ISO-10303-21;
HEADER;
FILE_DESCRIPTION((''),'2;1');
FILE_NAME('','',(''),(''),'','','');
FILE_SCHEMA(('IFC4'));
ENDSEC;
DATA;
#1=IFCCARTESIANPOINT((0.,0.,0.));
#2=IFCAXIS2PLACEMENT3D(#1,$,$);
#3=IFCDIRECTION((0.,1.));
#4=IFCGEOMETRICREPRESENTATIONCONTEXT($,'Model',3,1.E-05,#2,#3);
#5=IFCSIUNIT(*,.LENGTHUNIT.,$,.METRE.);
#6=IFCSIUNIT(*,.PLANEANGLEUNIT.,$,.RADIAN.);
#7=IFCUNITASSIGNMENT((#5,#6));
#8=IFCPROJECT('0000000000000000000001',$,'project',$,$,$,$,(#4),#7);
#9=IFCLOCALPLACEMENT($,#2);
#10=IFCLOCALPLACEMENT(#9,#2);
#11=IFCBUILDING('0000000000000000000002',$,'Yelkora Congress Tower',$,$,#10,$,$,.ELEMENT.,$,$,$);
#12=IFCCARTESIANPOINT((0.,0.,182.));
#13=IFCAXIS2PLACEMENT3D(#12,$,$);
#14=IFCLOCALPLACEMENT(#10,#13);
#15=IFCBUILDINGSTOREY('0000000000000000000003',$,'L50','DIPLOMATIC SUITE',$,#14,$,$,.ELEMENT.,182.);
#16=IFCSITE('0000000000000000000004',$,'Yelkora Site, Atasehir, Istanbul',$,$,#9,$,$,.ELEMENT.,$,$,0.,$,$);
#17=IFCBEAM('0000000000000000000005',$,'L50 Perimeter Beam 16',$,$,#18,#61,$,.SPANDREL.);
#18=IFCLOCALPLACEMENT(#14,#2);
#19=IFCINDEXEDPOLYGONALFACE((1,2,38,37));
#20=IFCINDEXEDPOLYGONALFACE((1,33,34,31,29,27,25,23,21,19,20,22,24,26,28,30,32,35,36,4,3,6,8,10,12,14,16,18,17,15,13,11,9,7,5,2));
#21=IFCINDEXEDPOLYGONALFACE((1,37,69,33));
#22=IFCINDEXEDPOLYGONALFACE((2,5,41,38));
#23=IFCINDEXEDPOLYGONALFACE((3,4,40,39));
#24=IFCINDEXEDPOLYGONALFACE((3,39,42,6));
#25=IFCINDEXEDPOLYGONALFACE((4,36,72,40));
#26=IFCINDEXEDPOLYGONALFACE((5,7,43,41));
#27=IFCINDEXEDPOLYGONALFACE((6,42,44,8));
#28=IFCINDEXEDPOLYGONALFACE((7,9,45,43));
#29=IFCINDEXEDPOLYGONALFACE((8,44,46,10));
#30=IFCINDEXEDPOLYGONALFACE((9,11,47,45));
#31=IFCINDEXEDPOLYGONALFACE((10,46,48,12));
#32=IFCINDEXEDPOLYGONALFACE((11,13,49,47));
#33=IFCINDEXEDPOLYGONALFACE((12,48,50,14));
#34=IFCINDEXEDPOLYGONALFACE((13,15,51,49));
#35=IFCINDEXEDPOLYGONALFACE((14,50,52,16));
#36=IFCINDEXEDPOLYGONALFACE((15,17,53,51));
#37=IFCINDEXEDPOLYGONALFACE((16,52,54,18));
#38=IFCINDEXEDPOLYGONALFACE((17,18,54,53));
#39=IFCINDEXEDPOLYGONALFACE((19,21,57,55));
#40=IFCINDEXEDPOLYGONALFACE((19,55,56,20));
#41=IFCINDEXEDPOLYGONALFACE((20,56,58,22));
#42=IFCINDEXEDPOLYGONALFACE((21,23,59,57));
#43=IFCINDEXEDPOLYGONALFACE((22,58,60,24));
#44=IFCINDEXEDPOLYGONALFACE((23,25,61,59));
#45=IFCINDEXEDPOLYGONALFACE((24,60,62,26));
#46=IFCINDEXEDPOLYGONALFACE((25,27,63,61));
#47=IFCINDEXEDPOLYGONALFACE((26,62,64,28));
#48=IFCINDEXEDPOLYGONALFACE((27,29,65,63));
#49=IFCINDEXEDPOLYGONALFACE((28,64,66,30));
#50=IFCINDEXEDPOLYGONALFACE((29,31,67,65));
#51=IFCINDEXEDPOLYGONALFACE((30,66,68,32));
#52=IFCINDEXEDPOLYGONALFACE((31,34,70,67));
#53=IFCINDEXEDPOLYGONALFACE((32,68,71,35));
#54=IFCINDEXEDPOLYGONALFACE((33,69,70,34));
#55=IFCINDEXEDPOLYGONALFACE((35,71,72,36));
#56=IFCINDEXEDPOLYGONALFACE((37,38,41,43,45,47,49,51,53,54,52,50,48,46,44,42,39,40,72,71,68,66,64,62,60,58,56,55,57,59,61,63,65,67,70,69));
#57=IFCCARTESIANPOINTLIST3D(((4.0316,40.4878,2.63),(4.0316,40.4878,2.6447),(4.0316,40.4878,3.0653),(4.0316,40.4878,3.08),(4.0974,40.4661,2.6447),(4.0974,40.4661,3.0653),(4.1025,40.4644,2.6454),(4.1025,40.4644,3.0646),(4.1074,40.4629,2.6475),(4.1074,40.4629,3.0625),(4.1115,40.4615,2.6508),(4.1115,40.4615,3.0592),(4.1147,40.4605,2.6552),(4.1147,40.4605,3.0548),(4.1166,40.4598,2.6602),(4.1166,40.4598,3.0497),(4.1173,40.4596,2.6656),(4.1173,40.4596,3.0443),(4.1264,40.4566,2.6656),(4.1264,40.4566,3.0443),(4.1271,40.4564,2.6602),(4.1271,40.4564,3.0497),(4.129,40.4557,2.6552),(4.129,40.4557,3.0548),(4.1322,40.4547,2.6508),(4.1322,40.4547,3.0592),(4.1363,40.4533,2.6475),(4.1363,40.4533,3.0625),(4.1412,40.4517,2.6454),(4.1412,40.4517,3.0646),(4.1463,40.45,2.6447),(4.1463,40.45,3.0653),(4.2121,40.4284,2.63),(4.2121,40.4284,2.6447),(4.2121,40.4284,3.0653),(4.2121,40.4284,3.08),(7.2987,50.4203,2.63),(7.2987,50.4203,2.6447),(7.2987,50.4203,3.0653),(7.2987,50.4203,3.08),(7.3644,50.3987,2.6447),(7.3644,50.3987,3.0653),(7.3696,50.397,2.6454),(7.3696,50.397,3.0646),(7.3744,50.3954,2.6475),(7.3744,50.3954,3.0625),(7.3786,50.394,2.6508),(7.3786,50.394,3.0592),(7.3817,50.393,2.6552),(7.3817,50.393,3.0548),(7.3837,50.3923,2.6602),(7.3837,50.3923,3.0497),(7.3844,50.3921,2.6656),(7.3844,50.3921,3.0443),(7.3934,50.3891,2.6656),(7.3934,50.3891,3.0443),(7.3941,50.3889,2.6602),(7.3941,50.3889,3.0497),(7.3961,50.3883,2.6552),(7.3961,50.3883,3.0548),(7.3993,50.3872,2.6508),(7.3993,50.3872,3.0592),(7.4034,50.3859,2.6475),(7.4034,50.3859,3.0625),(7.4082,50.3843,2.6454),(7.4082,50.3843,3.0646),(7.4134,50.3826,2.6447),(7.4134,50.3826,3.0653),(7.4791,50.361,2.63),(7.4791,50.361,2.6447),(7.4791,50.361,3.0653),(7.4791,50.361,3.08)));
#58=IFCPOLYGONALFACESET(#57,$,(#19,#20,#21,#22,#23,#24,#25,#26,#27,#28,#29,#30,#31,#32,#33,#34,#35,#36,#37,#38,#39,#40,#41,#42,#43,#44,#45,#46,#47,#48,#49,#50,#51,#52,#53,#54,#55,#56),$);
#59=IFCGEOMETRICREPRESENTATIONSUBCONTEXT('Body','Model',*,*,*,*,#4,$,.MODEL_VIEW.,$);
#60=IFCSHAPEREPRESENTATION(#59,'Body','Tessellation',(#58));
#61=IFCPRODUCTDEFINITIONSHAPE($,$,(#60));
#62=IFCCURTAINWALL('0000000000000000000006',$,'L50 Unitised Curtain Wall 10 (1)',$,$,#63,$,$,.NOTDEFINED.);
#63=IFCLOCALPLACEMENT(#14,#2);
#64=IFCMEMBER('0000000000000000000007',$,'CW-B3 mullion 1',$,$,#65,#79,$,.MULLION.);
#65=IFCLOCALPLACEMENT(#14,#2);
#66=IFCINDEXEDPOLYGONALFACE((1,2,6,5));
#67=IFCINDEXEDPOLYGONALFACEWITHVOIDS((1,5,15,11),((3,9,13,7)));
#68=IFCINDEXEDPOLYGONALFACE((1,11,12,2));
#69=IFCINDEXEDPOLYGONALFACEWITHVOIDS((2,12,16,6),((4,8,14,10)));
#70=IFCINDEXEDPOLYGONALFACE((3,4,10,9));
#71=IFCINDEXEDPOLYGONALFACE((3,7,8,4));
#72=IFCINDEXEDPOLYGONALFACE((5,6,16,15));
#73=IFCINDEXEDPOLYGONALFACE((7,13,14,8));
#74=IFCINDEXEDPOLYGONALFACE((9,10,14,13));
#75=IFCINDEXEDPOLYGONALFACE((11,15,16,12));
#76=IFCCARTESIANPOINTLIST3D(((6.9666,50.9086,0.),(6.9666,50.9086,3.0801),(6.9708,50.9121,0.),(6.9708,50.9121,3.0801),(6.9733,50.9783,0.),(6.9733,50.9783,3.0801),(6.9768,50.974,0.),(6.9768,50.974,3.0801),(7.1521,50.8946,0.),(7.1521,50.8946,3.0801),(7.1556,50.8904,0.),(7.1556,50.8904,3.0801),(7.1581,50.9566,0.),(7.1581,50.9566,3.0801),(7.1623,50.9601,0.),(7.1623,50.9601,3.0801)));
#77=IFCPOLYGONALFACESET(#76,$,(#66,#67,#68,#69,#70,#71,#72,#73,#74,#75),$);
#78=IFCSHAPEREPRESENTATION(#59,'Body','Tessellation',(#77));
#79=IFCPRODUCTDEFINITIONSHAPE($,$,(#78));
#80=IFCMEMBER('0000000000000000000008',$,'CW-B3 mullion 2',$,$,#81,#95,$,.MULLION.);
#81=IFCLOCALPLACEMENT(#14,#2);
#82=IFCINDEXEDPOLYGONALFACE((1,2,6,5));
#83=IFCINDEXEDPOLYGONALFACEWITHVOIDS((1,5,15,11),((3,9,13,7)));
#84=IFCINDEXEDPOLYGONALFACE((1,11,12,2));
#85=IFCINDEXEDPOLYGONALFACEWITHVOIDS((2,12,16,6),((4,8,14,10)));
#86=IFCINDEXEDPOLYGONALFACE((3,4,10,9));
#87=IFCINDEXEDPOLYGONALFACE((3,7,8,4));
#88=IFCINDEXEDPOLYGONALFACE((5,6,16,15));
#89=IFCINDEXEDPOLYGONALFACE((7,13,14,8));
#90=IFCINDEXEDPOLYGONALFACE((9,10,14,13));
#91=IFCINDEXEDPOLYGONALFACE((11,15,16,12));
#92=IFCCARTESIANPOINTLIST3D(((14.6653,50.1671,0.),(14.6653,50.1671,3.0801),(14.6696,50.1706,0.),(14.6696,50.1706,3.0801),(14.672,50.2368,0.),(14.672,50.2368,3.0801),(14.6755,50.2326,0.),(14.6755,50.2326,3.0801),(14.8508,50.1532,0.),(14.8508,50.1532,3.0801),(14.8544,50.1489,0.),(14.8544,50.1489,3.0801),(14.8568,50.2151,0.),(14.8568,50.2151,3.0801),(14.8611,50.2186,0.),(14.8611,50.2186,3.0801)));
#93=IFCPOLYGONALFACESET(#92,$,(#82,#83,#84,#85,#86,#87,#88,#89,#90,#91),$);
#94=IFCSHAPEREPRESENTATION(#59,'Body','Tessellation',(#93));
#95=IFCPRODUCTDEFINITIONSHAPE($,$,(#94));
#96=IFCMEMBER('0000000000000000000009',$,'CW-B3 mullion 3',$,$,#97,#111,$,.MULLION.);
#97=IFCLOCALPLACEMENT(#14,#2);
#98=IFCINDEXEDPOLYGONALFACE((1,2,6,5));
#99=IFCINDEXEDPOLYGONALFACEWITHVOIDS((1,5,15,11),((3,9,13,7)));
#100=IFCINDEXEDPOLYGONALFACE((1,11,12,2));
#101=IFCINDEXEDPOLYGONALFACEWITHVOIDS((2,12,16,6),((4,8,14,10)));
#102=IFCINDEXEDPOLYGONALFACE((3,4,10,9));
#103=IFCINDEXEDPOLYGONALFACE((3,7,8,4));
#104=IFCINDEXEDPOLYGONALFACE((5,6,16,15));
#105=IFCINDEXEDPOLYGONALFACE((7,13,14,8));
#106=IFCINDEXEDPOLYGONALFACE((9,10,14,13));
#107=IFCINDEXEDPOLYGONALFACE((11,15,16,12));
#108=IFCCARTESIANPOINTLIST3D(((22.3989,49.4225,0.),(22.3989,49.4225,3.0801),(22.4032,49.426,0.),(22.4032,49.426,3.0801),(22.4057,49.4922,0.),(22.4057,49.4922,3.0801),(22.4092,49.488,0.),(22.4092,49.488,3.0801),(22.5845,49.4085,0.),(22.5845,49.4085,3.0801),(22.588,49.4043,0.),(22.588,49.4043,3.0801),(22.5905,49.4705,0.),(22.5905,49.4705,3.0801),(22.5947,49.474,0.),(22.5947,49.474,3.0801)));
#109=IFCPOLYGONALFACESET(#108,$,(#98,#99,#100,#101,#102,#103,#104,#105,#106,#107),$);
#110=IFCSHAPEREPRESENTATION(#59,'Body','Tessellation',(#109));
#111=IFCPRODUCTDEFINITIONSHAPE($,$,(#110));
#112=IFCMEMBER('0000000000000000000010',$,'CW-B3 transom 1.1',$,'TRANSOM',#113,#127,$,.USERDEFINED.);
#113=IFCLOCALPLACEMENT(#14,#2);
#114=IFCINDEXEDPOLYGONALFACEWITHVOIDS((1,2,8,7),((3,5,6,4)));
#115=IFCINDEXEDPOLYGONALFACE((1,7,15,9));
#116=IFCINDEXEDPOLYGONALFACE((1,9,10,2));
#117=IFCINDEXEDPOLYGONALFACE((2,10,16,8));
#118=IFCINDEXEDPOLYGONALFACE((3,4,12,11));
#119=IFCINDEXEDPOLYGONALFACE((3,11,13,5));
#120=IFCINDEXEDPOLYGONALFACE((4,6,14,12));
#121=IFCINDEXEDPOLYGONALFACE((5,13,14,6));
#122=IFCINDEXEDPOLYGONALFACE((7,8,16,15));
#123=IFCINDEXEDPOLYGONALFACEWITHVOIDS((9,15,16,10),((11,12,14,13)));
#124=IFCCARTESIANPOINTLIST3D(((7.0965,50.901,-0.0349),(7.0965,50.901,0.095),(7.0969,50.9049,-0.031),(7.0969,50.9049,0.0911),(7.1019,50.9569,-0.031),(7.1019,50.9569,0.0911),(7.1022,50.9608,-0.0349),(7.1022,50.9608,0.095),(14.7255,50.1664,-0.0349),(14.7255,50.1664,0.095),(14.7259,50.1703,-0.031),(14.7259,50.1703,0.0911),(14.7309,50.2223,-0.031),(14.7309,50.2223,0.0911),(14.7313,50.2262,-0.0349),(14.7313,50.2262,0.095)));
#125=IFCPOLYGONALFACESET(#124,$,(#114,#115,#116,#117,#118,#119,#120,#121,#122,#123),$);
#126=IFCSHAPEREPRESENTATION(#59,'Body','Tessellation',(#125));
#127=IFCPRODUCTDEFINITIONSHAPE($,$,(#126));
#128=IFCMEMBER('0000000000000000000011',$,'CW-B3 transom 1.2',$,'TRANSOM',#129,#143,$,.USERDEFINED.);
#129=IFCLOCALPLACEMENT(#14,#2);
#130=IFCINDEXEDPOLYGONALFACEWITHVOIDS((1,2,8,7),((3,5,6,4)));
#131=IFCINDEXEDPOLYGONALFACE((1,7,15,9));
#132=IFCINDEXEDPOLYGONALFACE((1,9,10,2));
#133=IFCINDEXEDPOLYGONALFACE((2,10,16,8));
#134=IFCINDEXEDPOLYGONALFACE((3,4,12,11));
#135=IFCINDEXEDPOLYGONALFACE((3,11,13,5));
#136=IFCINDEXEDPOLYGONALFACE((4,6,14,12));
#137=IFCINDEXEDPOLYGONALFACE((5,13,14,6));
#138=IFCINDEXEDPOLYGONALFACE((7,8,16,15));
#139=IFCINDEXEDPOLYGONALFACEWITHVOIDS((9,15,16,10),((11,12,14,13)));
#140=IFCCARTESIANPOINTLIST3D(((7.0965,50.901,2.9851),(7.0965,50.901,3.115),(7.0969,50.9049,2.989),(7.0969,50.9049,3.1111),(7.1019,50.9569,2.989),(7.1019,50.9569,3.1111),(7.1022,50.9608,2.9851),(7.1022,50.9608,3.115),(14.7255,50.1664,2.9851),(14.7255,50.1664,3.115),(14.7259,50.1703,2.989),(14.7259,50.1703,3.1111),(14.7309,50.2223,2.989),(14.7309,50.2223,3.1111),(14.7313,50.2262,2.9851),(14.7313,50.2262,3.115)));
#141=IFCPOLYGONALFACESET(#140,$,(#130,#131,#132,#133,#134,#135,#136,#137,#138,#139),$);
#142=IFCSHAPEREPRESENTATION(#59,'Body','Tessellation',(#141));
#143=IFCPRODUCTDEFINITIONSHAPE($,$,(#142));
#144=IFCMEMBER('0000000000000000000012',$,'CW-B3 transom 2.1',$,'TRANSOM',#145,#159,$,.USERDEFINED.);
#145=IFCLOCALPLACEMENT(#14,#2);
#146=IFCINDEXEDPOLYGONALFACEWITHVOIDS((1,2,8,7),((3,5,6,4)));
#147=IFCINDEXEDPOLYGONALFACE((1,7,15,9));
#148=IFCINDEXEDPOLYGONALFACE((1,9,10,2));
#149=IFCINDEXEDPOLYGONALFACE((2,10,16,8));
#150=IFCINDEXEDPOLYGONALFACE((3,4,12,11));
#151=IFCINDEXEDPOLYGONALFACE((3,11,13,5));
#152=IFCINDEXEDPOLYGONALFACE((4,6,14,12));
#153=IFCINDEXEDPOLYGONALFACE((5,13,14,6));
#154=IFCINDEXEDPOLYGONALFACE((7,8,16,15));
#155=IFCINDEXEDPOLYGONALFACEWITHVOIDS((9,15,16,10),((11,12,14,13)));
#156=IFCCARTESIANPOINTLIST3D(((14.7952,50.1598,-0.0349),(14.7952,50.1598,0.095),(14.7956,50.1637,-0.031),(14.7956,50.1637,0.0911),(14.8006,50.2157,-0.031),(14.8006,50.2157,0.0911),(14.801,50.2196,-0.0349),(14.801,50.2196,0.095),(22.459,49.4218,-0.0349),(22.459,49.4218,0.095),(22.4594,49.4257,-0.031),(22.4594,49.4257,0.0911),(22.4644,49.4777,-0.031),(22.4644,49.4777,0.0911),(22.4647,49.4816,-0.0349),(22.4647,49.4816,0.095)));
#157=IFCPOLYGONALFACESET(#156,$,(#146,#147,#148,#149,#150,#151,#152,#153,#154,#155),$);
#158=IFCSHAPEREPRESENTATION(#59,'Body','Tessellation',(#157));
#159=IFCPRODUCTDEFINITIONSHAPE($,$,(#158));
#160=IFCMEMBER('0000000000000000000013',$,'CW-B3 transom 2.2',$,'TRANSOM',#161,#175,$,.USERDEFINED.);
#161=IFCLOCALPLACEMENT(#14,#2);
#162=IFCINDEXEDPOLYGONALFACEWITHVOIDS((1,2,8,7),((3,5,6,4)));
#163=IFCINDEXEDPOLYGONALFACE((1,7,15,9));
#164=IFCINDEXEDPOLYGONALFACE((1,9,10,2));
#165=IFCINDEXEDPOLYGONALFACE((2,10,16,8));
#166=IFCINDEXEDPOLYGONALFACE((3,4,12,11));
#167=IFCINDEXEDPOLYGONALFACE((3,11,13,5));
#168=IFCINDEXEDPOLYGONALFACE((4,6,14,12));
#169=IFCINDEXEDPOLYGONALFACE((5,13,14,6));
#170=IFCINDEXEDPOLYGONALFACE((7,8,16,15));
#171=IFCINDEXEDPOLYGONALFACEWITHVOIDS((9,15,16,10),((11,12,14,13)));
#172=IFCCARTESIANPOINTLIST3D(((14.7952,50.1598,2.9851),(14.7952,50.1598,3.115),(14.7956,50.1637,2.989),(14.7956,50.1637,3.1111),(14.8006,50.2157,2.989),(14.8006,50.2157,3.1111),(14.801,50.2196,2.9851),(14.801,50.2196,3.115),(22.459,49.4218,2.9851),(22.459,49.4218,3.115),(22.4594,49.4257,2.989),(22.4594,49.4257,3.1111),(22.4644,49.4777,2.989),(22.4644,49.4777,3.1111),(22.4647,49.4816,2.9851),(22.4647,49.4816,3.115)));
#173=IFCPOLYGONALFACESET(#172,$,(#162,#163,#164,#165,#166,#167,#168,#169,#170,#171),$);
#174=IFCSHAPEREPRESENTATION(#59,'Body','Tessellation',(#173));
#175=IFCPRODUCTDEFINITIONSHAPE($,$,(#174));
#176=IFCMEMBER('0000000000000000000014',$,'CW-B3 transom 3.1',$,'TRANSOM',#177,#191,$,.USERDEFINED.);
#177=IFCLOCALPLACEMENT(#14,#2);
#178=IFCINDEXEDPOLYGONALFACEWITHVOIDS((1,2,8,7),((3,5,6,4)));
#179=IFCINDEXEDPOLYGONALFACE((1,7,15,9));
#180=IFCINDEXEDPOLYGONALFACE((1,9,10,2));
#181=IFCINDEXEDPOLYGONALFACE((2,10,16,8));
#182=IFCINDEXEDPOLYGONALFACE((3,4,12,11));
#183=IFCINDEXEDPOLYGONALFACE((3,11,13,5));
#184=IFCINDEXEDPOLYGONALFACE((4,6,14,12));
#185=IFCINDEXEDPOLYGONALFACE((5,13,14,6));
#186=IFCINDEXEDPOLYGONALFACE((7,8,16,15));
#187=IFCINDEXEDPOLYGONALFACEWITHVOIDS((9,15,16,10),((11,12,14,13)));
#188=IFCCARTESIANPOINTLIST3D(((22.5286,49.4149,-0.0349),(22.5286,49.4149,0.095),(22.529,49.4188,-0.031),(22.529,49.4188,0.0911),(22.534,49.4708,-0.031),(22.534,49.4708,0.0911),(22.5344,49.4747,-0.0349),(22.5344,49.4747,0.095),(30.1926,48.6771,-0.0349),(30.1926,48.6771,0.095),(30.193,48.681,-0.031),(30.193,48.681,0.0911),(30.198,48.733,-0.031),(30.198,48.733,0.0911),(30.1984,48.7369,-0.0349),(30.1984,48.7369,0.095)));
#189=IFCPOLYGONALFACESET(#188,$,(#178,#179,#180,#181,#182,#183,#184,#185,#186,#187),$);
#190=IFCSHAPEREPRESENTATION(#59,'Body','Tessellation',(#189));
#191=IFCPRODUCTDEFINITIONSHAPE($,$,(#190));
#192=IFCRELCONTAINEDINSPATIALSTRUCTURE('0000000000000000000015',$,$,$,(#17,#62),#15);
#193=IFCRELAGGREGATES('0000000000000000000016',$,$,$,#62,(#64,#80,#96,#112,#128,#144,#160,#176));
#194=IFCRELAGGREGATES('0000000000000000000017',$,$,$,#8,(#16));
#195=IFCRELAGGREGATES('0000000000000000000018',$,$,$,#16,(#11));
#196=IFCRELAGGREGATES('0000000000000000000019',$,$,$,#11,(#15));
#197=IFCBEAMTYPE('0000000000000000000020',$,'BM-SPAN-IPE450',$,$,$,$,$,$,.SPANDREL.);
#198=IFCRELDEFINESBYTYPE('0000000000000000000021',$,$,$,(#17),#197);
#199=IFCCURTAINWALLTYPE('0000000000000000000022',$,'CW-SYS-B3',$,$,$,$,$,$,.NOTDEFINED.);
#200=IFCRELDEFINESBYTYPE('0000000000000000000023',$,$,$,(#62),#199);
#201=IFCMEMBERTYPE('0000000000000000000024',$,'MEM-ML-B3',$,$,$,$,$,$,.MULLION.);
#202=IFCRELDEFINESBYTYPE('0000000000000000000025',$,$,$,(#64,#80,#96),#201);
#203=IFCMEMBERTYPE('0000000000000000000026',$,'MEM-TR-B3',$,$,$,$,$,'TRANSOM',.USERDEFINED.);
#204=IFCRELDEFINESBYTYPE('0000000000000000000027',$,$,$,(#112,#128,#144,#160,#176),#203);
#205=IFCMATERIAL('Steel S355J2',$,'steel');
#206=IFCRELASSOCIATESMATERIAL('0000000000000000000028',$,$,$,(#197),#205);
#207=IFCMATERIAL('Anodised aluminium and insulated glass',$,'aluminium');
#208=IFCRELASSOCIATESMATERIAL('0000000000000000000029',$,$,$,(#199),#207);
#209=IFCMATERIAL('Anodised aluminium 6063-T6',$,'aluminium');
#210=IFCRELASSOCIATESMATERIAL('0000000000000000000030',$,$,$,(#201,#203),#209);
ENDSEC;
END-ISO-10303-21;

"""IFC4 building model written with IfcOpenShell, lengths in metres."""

from ifc_helpers import new_model, si_unit, direction, frame, origin, origin_2d, place, context, subcontext, project, spatial, hollow_rectangle, i_section, extrude, material, material_profile, profile_set, type_object, element, aggregate, save


model = new_model("IFC4")

# Units and contexts
model_context = context("Model", 3, precision=1e-05, world=origin(), true_north=direction((0.0, 1.0)))
body_context = subcontext(model_context, "Body", "Model", "MODEL_VIEW")
ifc_project = project(units=[si_unit("LENGTHUNIT", "METRE"), si_unit("PLANEANGLEUNIT", "RADIAN")], contexts=[model_context])

# Site, building, storey
site_placement = place(None, origin())
site = spatial("IfcSite", under=ifc_project, at=site_placement, Name="Yelkora Site, Atasehir, Istanbul", CompositionType="ELEMENT", RefElevation=0.0)
building_placement = place(site_placement, origin())
building = spatial("IfcBuilding", under=site, at=building_placement, Name="Yelkora Congress Tower", CompositionType="ELEMENT")
storey_placement = place(building_placement, frame((0.0, 0.0, 182.0)))
storey = spatial("IfcBuildingStorey", under=building, at=storey_placement, Name="L50", Description="DIPLOMATIC SUITE", CompositionType="ELEMENT", Elevation=182.0)

# Beam
ifc_material_1 = material(Name="Steel S355J2", Category="steel")
ifc_material_profile_1 = material_profile(ifc_material_1, i_section(OverallWidth=0.1899, OverallDepth=0.45, WebThickness=0.0095, FlangeThickness=0.0146, FilletRadius=0.021, at=origin_2d()), Name="IPE 450")
ifc_profile_set_1 = profile_set([ifc_material_profile_1], Name="Steel S355J2")
beam_type_1 = type_object("IfcBeamType", Name="BM-SPAN-IPE450", PredefinedType="SPANDREL", material=ifc_profile_set_1)
beam_1_placement = place(storey_placement, frame((7.3889, 50.3906, 2.855), z_axis=(-0.312457, -0.949932, 0.0), x_axis=(0.949932, -0.312457, 0.0)))
element("IfcBeam", 1, at=beam_1_placement, inside=storey, type_object=beam_type_1, Name="L50 Perimeter Beam 16", PredefinedType="SPANDREL", context=body_context, shape_type="SweptSolid", body=[
    extrude(i_section(OverallWidth=0.1899, OverallDepth=0.45, WebThickness=0.0095, FlangeThickness=0.0146, FilletRadius=0.021, at=origin_2d()), origin(), (0.0, 0.0, 1.0), 10.4561),
])

# Curtain wall, members
ifc_material_2 = material(Name="Anodised aluminium and insulated glass", Category="aluminium")
curtain_wall_type = type_object("IfcCurtainWallType", Name="CW-SYS-B3", PredefinedType="NOTDEFINED", material=ifc_material_2)
curtain_wall_placement = place(storey_placement, origin())
curtain_wall = element("IfcCurtainWall", 2, at=curtain_wall_placement, inside=storey, type_object=curtain_wall_type, Name="L50 Unitised Curtain Wall 10 (1)", PredefinedType="NOTDEFINED")
ifc_material_3 = material(Name="Anodised aluminium 6063-T6", Category="aluminium")
ifc_material_profile_2 = material_profile(ifc_material_3, hollow_rectangle(XDim=0.0701, YDim=0.1899, WallThickness=0.0039, at=origin_2d()), Name="ALU 70x190x4")
ifc_profile_set_2 = profile_set([ifc_material_profile_2], Name="Anodised aluminium 6063-T6")
member_type_1 = type_object("IfcMemberType", Name="MEM-ML-B3", PredefinedType="MULLION", material=ifc_profile_set_2)
member_1_placement = place(storey_placement, frame((7.0645, 50.9343, 0.0), z_axis=(0.0, 0.0, 1.0), x_axis=(0.095845, 0.995396, 0.0)))
member_1 = element("IfcMember", 3, at=member_1_placement, type_object=member_type_1, Name="CW-B3 mullion 1", PredefinedType="MULLION", context=body_context, shape_type="SweptSolid", body=[
    extrude(hollow_rectangle(XDim=0.0701, YDim=0.1899, WallThickness=0.0039, at=origin_2d()), origin(), (0.0, 0.0, 1.0), 3.0801),
])
member_2_placement = place(storey_placement, frame((14.7632, 50.1929, 0.0), z_axis=(0.0, 0.0, 1.0), x_axis=(0.095845, 0.995396, 0.0)))
member_2 = element("IfcMember", 4, at=member_2_placement, type_object=member_type_1, Name="CW-B3 mullion 2", PredefinedType="MULLION", context=body_context, shape_type="SweptSolid", body=[
    extrude(hollow_rectangle(XDim=0.0701, YDim=0.1899, WallThickness=0.0039, at=origin_2d()), origin(), (0.0, 0.0, 1.0), 3.0801),
])
member_3_placement = place(storey_placement, frame((22.4968, 49.4482, 0.0), z_axis=(0.0, 0.0, 1.0), x_axis=(0.095845, 0.995396, 0.0)))
member_3 = element("IfcMember", 5, at=member_3_placement, type_object=member_type_1, Name="CW-B3 mullion 3", PredefinedType="MULLION", context=body_context, shape_type="SweptSolid", body=[
    extrude(hollow_rectangle(XDim=0.0701, YDim=0.1899, WallThickness=0.0039, at=origin_2d()), origin(), (0.0, 0.0, 1.0), 3.0801),
])
ifc_material_profile_3 = material_profile(ifc_material_3, hollow_rectangle(XDim=0.0601, YDim=0.1299, WallThickness=0.0039, at=origin_2d()), Name="ALU 60x130x4")
ifc_profile_set_3 = profile_set([ifc_material_profile_3], Name="Anodised aluminium 6063-T6")
member_type_2 = type_object("IfcMemberType", Name="MEM-TR-B3", ElementType="TRANSOM", PredefinedType="USERDEFINED", material=ifc_profile_set_3)
member_4_placement = place(storey_placement, frame((7.0994, 50.9309, 0.03), z_axis=(0.995396, -0.095851, 0.0), x_axis=(0.095851, 0.995396, 0.0)))
member_4 = element("IfcMember", 6, at=member_4_placement, type_object=member_type_2, Name="CW-B3 transom 1.1", ObjectType="TRANSOM", PredefinedType="USERDEFINED", context=body_context, shape_type="SweptSolid", body=[
    extrude(hollow_rectangle(XDim=0.0601, YDim=0.1299, WallThickness=0.0039, at=origin_2d()), origin(), (0.0, 0.0, 1.0), 7.6643),
])
member_5_placement = place(storey_placement, frame((7.0994, 50.9309, 3.05), z_axis=(0.995396, -0.095851, 0.0), x_axis=(0.095851, 0.995396, 0.0)))
member_5 = element("IfcMember", 7, at=member_5_placement, type_object=member_type_2, Name="CW-B3 transom 1.2", ObjectType="TRANSOM", PredefinedType="USERDEFINED", context=body_context, shape_type="SweptSolid", body=[
    extrude(hollow_rectangle(XDim=0.0601, YDim=0.1299, WallThickness=0.0039, at=origin_2d()), origin(), (0.0, 0.0, 1.0), 7.6643),
])
member_6_placement = place(storey_placement, frame((14.7981, 50.1897, 0.03), z_axis=(0.995395, -0.095858, 0.0), x_axis=(0.095858, 0.995395, 0.0)))
member_6 = element("IfcMember", 8, at=member_6_placement, type_object=member_type_2, Name="CW-B3 transom 2.1", ObjectType="TRANSOM", PredefinedType="USERDEFINED", context=body_context, shape_type="SweptSolid", body=[
    extrude(hollow_rectangle(XDim=0.0601, YDim=0.1299, WallThickness=0.0039, at=origin_2d()), origin(), (0.0, 0.0, 1.0), 7.6992),
])
member_7_placement = place(storey_placement, frame((14.7981, 50.1897, 3.05), z_axis=(0.995395, -0.095858, 0.0), x_axis=(0.095858, 0.995395, 0.0)))
member_7 = element("IfcMember", 9, at=member_7_placement, type_object=member_type_2, Name="CW-B3 transom 2.2", ObjectType="TRANSOM", PredefinedType="USERDEFINED", context=body_context, shape_type="SweptSolid", body=[
    extrude(hollow_rectangle(XDim=0.0601, YDim=0.1299, WallThickness=0.0039, at=origin_2d()), origin(), (0.0, 0.0, 1.0), 7.6992),
])
member_8_placement = place(storey_placement, frame((22.5315, 49.4448, 0.03), z_axis=(0.995398, -0.095824, 0.0), x_axis=(0.095824, 0.995398, 0.0)))
member_8 = element("IfcMember", 10, at=member_8_placement, type_object=member_type_2, Name="CW-B3 transom 3.1", ObjectType="TRANSOM", PredefinedType="USERDEFINED", context=body_context, shape_type="SweptSolid", body=[
    extrude(hollow_rectangle(XDim=0.0601, YDim=0.1299, WallThickness=0.0039, at=origin_2d()), origin(), (0.0, 0.0, 1.0), 7.6995),
])
aggregate(curtain_wall, [member_1, member_2, member_3, member_4, member_5, member_6, member_7, member_8])

save(model, "model.ifc")
